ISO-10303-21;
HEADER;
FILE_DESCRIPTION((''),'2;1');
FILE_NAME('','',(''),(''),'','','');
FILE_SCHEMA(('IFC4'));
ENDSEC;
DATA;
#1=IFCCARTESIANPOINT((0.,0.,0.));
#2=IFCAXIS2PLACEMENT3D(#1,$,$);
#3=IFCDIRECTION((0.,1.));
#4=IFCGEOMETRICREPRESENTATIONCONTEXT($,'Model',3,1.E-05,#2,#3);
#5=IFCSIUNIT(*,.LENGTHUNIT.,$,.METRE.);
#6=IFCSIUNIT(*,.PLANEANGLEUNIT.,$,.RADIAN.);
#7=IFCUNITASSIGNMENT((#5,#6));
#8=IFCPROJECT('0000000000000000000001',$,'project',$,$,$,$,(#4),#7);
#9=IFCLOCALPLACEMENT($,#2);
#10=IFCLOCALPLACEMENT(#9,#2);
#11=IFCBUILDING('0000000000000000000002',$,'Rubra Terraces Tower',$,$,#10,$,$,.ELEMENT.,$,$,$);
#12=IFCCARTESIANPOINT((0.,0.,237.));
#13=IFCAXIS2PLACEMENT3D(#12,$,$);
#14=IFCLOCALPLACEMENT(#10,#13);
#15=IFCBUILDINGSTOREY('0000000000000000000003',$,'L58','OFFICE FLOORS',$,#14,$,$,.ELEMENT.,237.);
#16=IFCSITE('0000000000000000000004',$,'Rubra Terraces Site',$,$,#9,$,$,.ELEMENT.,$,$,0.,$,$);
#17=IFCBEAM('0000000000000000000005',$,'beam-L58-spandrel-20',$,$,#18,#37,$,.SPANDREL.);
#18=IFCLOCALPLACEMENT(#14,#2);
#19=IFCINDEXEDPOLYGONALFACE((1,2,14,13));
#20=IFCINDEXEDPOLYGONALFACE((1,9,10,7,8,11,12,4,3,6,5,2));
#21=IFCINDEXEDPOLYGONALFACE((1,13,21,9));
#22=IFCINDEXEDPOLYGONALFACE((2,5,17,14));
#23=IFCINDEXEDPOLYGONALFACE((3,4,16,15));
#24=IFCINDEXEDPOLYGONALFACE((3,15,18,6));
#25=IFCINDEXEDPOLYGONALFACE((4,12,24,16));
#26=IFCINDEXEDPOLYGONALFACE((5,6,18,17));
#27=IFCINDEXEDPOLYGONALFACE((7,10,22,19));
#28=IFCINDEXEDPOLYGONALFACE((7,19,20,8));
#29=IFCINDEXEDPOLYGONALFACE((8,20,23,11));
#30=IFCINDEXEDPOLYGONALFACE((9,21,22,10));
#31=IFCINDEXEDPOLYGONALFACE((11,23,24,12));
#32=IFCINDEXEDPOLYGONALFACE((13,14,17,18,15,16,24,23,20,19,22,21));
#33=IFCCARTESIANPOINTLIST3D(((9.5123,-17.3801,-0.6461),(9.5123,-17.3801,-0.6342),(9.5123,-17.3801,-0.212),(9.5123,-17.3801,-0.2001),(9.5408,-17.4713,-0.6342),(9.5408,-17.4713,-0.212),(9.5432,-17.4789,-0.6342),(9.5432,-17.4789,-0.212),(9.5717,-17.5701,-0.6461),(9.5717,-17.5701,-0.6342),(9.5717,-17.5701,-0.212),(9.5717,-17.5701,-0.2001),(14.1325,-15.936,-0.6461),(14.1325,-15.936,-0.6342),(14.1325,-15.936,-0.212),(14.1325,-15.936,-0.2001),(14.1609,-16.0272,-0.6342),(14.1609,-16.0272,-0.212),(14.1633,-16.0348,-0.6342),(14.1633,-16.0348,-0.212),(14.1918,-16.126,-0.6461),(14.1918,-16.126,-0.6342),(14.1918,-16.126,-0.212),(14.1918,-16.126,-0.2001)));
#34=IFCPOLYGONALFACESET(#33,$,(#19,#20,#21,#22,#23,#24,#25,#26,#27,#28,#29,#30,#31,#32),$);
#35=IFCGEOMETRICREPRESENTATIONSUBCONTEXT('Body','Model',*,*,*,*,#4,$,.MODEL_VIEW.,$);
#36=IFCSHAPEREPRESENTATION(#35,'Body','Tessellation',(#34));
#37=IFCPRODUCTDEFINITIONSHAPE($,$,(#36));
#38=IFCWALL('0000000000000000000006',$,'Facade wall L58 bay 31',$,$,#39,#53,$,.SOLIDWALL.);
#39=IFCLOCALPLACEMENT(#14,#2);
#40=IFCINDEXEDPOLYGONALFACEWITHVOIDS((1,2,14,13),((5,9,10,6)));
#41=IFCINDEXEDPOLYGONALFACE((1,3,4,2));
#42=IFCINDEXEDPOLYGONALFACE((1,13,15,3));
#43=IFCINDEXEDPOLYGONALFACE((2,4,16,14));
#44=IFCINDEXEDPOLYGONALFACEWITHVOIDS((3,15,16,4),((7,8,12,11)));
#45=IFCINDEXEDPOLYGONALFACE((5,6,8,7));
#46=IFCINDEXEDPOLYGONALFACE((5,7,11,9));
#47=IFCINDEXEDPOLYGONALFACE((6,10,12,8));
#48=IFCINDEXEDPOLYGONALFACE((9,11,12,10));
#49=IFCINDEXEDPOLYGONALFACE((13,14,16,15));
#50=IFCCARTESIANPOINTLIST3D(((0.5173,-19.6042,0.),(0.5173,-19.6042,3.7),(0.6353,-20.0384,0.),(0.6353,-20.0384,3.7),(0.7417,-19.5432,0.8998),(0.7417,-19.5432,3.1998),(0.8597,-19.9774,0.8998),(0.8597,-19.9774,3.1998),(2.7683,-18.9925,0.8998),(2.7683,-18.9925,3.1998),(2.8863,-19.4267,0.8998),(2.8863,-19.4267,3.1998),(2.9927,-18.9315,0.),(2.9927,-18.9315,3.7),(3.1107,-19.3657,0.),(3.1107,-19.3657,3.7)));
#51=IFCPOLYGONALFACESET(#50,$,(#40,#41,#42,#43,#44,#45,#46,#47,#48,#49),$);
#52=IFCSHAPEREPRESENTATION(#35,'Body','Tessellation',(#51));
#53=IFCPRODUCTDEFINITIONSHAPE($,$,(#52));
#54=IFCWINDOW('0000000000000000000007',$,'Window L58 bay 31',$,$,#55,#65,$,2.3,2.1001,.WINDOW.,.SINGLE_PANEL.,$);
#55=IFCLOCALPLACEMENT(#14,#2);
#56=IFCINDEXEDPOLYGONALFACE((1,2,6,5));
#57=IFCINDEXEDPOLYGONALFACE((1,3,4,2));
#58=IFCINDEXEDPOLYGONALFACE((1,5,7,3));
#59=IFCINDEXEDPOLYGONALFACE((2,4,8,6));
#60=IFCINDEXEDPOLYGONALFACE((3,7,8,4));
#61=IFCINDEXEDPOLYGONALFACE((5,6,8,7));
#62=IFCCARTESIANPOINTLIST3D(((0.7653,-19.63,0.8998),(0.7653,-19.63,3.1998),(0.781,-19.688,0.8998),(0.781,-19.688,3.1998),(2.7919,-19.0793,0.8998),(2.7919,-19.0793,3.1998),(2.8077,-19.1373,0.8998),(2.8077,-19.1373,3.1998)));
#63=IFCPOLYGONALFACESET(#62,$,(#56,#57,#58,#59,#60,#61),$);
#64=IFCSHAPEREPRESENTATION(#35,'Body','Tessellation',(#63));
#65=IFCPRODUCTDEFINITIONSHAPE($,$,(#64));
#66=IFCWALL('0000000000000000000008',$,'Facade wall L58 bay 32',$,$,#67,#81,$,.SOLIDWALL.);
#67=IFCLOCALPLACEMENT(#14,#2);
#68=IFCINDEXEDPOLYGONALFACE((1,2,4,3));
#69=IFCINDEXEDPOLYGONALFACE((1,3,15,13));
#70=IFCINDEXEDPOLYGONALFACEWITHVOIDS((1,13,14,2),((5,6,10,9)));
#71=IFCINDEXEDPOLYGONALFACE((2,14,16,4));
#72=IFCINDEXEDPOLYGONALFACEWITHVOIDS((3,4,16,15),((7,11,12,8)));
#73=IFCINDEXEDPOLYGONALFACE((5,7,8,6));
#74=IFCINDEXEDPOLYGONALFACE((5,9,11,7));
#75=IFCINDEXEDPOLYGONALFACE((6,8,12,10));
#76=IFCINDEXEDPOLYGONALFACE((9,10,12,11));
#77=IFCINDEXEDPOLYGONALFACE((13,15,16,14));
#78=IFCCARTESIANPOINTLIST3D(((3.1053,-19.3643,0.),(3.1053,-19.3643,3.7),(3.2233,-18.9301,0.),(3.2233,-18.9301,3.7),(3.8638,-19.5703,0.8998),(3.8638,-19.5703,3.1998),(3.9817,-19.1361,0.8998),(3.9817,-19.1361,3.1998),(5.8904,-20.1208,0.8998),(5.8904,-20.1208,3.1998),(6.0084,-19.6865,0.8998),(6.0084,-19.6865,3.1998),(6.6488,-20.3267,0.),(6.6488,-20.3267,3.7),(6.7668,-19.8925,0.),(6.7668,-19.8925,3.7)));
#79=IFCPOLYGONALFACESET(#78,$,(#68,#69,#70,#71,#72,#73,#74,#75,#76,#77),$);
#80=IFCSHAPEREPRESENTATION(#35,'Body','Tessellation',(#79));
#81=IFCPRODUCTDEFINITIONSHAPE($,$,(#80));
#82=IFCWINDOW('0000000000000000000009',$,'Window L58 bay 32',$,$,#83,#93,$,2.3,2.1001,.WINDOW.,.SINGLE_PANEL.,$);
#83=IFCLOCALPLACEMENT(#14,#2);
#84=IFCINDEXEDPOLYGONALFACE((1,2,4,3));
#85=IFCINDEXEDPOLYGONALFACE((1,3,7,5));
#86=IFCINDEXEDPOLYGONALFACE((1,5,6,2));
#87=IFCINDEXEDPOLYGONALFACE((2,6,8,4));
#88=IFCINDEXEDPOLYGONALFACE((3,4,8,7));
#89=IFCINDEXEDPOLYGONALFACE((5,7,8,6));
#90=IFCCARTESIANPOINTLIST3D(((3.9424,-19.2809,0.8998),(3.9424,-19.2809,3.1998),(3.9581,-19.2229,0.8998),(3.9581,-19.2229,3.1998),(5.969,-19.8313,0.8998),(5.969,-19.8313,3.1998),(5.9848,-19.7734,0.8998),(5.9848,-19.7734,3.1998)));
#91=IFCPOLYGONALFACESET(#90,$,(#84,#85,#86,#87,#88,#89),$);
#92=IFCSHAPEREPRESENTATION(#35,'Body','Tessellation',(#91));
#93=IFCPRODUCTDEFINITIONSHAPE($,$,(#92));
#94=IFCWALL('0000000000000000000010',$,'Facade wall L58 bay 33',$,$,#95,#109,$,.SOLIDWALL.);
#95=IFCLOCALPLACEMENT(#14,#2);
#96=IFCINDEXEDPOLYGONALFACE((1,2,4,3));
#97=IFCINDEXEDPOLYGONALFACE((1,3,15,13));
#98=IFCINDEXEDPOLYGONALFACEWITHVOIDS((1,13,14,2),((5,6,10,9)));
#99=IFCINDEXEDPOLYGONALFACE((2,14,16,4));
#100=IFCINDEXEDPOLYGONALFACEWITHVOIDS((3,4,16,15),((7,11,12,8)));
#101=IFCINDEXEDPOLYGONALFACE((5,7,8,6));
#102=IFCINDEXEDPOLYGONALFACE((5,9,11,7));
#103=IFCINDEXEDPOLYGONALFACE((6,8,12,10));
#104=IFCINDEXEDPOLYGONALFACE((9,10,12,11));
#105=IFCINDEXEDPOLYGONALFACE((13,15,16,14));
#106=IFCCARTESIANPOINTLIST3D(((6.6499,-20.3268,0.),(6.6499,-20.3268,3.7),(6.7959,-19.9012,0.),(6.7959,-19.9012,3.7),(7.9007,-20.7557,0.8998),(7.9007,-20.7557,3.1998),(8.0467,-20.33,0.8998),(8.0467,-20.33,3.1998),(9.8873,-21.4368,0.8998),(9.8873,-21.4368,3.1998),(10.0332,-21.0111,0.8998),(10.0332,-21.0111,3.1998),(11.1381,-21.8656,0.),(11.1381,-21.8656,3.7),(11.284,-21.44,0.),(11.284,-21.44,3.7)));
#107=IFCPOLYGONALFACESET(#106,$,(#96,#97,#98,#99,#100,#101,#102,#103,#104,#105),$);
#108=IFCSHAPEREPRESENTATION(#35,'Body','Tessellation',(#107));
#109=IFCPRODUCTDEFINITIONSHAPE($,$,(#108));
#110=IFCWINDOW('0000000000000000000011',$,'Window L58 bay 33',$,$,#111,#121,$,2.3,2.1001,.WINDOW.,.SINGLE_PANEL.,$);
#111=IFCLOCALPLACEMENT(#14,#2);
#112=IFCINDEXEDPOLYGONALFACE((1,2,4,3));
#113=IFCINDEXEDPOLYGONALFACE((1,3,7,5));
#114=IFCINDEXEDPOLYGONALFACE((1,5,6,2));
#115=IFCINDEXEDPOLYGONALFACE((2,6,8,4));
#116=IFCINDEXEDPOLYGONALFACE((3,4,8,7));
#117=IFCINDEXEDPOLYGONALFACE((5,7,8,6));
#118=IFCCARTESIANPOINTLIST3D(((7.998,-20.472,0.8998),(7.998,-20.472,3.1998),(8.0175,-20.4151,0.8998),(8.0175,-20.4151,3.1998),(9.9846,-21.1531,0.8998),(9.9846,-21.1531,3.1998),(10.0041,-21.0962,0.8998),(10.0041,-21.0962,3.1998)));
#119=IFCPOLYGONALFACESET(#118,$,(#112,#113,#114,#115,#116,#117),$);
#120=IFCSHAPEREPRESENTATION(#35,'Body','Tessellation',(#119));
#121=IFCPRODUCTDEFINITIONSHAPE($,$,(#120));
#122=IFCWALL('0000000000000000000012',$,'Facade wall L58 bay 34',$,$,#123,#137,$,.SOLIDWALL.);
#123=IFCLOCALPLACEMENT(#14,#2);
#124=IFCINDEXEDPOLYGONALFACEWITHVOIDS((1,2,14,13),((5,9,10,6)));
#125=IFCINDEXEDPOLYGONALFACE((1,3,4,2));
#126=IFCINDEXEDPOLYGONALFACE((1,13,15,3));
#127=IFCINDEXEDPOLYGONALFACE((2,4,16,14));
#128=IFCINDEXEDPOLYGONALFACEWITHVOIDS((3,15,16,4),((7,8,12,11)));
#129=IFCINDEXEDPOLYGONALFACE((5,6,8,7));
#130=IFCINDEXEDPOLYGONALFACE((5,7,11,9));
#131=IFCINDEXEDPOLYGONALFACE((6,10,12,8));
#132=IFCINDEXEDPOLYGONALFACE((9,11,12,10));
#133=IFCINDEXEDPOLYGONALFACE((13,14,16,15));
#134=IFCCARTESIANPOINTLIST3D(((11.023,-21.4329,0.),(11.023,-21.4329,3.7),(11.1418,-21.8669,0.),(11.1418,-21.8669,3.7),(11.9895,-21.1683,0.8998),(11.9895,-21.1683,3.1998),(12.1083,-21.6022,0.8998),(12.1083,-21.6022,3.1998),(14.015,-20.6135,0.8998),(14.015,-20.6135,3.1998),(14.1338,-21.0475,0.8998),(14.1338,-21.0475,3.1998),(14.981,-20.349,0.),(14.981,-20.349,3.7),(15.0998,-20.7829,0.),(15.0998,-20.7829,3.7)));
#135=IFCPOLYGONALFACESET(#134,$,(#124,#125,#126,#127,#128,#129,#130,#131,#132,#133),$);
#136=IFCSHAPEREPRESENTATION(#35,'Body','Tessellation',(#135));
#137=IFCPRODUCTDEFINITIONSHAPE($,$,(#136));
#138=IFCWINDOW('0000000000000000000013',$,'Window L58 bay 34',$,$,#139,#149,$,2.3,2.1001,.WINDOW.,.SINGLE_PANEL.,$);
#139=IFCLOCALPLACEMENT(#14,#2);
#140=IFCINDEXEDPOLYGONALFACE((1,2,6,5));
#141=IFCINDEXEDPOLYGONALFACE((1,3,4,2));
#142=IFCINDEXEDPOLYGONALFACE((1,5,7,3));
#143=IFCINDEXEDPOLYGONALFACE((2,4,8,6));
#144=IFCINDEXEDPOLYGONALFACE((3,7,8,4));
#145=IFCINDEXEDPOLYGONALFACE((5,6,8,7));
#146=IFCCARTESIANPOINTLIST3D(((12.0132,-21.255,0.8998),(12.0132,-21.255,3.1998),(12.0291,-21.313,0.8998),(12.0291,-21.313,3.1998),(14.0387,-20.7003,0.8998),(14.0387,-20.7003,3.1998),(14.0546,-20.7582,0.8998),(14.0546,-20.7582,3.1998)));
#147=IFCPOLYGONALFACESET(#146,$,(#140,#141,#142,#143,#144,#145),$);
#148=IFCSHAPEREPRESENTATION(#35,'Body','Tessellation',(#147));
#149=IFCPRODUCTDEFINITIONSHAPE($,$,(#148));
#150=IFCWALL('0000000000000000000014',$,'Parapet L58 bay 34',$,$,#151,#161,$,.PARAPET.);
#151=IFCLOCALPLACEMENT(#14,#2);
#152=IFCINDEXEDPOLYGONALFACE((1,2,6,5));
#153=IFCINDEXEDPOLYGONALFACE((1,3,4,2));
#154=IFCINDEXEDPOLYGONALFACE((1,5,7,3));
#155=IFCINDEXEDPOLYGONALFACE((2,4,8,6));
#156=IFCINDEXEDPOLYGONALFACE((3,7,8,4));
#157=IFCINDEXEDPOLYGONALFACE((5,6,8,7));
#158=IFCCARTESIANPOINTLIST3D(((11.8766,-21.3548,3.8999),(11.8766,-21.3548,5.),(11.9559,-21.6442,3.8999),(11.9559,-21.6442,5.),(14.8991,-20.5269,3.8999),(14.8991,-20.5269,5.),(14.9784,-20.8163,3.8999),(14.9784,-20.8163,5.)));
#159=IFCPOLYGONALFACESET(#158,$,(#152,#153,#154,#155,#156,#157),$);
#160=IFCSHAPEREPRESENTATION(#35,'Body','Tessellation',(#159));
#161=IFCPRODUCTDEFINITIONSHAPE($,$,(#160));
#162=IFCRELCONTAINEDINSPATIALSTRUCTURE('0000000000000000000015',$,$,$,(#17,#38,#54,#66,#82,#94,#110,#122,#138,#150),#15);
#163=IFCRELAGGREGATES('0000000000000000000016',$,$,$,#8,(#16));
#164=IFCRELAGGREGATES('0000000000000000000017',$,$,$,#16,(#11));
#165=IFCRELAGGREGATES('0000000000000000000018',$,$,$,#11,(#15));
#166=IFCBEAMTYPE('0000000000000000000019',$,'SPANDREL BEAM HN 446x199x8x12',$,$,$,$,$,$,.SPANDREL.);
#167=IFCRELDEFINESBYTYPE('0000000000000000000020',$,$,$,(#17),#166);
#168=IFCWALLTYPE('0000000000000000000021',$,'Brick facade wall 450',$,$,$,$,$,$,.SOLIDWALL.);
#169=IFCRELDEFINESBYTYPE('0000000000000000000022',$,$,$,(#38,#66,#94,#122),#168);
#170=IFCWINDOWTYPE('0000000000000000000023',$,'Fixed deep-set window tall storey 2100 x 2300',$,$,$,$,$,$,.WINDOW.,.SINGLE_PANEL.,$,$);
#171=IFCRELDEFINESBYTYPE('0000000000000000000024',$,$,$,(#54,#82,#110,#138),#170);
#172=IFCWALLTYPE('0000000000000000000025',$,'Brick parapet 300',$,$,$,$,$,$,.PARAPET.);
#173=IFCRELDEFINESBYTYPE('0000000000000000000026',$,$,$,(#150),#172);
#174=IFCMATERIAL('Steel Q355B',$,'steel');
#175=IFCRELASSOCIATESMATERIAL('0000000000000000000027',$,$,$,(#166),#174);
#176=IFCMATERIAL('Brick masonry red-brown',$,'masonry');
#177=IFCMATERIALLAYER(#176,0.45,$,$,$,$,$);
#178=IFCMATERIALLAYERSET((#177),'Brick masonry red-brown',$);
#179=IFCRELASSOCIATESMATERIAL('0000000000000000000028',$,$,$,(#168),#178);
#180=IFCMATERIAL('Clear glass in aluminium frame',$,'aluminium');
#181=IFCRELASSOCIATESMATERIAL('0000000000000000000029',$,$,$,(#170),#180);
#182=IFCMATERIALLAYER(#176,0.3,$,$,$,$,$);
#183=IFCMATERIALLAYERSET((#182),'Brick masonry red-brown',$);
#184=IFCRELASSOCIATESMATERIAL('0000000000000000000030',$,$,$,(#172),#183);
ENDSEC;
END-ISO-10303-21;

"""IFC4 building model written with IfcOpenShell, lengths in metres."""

from ifc_helpers import new_model, si_unit, direction, frame, frame_2d, origin, origin_2d, place, context, subcontext, project, spatial, rectangle, i_section, extrude, material, layer, layer_set, material_profile, profile_set, type_object, element, fill, save


model = new_model("IFC4")

# Units and contexts
model_context = context("Model", 3, precision=1e-05, world=origin(), true_north=direction((0.0, 1.0)))
body_context = subcontext(model_context, "Body", "Model", "MODEL_VIEW")
ifc_project = project(units=[si_unit("LENGTHUNIT", "METRE"), si_unit("PLANEANGLEUNIT", "RADIAN")], contexts=[model_context])

# Site, building, storey
site_placement = place(None, origin())
site = spatial("IfcSite", under=ifc_project, at=site_placement, Name="Rubra Terraces Site", CompositionType="ELEMENT", RefElevation=0.0)
building_placement = place(site_placement, origin())
building = spatial("IfcBuilding", under=site, at=building_placement, Name="Rubra Terraces Tower", CompositionType="ELEMENT")
storey_placement = place(building_placement, frame((0.0, 0.0, 237.0)))
storey = spatial("IfcBuildingStorey", under=building, at=storey_placement, Name="L58", Description="OFFICE FLOORS", CompositionType="ELEMENT", Elevation=237.0)

# Beam
ifc_material_1 = material(Name="Steel Q355B", Category="steel")
ifc_material_profile_1 = material_profile(ifc_material_1, i_section(OverallWidth=0.199, OverallDepth=0.446, WebThickness=0.0081, FlangeThickness=0.012, at=origin_2d()), Name="HN 446x199x8x12")
ifc_profile_set_1 = profile_set([ifc_material_profile_1], Name="Steel Q355B")
beam_type_1 = type_object("IfcBeamType", Name="SPANDREL BEAM HN 446x199x8x12", PredefinedType="SPANDREL", material=ifc_profile_set_1)
beam_1_placement = place(storey_placement, frame((9.542, -17.4751, -0.4231), z_axis=(0.954462, 0.298332, 0.0), x_axis=(-0.298332, 0.954462, 0.0)))
element("IfcBeam", 1, at=beam_1_placement, inside=storey, type_object=beam_type_1, Name="beam-L58-spandrel-20", PredefinedType="SPANDREL", context=body_context, shape_type="SweptSolid", body=[
    extrude(i_section(OverallWidth=0.199, OverallDepth=0.446, WebThickness=0.0081, FlangeThickness=0.012, at=origin_2d()), origin(), (0.0, 0.0, 1.0), 4.8406),
])

# Walls, openings, windows
ifc_material_2 = material(Name="Brick masonry red-brown", Category="masonry")
ifc_layer_1 = layer(ifc_material_2, 0.45)
ifc_layer_set_1 = layer_set([ifc_layer_1], Name="Brick masonry red-brown")
wall_type_1 = type_object("IfcWallType", Name="Brick facade wall 450", PredefinedType="SOLIDWALL", material=ifc_layer_set_1)
wall_1_placement = place(storey_placement, frame((0.5762, -19.8213, 0.0), z_axis=(0.0, 0.0, 1.0), x_axis=(0.965009, 0.262215, 0.0)))
wall_1 = element("IfcWall", 2, at=wall_1_placement, inside=storey, type_object=wall_type_1, Name="Facade wall L58 bay 31", PredefinedType="SOLIDWALL", context=body_context, shape_type="SweptSolid", body=[
    extrude(rectangle(XDim=2.5652, YDim=0.45, at=frame_2d((1.2827, 0.0))), origin(), (0.0, 0.0, 1.0), 3.7),
])
opening_1_placement = place(wall_1_placement, frame((0.2327, 0.0, 0.8999)))
opening_1 = element("IfcOpeningElement", 3, at=opening_1_placement, cuts=wall_1, PredefinedType="OPENING", context=body_context, shape_type="SweptSolid", body=[
    extrude(rectangle(XDim=2.1001, YDim=2.3, at=frame_2d((1.05, 1.1499))), frame((0.0, 0.2349, 0.0), z_axis=(0.0, -1.0, 0.0), x_axis=(1.0, 0.0, 0.0)), (0.0, 0.0, 1.0), 0.47),
])
ifc_material_3 = material(Name="Clear glass in aluminium frame", Category="aluminium")
window_type = type_object("IfcWindowType", Name="Fixed deep-set window tall storey 2100 x 2300", PartitioningType="SINGLE_PANEL", PredefinedType="WINDOW", material=ifc_material_3)
window_1_placement = place(opening_1_placement, origin())
window_1 = element("IfcWindow", 4, at=window_1_placement, inside=storey, type_object=window_type, Name="Window L58 bay 31", OverallHeight=2.3, OverallWidth=2.1001, PartitioningType="SINGLE_PANEL", PredefinedType="WINDOW", context=body_context, shape_type="SweptSolid", body=[
    extrude(rectangle(XDim=2.1001, YDim=2.3, at=frame_2d((1.05, 1.1499))), frame((0.0, 0.135, 0.0), z_axis=(0.0, -1.0, 0.0), x_axis=(1.0, 0.0, 0.0)), (0.0, 0.0, 1.0), 0.0601),
])
fill(opening_1, window_1)
wall_2_placement = place(storey_placement, frame((3.1643, -19.1472, 0.0), z_axis=(0.0, 0.0, 1.0), x_axis=(0.965039, -0.262105, 0.0)))
wall_2 = element("IfcWall", 5, at=wall_2_placement, inside=storey, type_object=wall_type_1, Name="Facade wall L58 bay 32", PredefinedType="SOLIDWALL", context=body_context, shape_type="SweptSolid", body=[
    extrude(rectangle(XDim=3.6719, YDim=0.45, at=frame_2d((1.8359, 0.0))), origin(), (0.0, 0.0, 1.0), 3.7),
])
opening_2_placement = place(wall_2_placement, frame((0.7859, 0.0, 0.8999)))
opening_2 = element("IfcOpeningElement", 6, at=opening_2_placement, cuts=wall_2, PredefinedType="OPENING", context=body_context, shape_type="SweptSolid", body=[
    extrude(rectangle(XDim=2.1001, YDim=2.3, at=frame_2d((1.05, 1.1499))), frame((0.0, 0.2349, 0.0), z_axis=(0.0, -1.0, 0.0), x_axis=(1.0, 0.0, 0.0)), (0.0, 0.0, 1.0), 0.47),
])
window_2_placement = place(opening_2_placement, origin())
window_2 = element("IfcWindow", 7, at=window_2_placement, inside=storey, type_object=window_type, Name="Window L58 bay 32", OverallHeight=2.3, OverallWidth=2.1001, PartitioningType="SINGLE_PANEL", PredefinedType="WINDOW", context=body_context, shape_type="SweptSolid", body=[
    extrude(rectangle(XDim=2.1001, YDim=2.3, at=frame_2d((1.05, 1.1499))), frame((0.0, 0.135, 0.0), z_axis=(0.0, -1.0, 0.0), x_axis=(1.0, 0.0, 0.0)), (0.0, 0.0, 1.0), 0.0601),
])
fill(opening_2, window_2)
wall_3_placement = place(storey_placement, frame((6.7229, -20.114, 0.0), z_axis=(0.0, 0.0, 1.0), x_axis=(0.945947, -0.32432, 0.0)))
wall_3 = element("IfcWall", 8, at=wall_3_placement, inside=storey, type_object=wall_type_1, Name="Facade wall L58 bay 33", PredefinedType="SOLIDWALL", context=body_context, shape_type="SweptSolid", body=[
    extrude(rectangle(XDim=4.7446, YDim=0.45, at=frame_2d((2.3723, 0.0))), origin(), (0.0, 0.0, 1.0), 3.7),
])
opening_3_placement = place(wall_3_placement, frame((1.3223, 0.0, 0.8999)))
opening_3 = element("IfcOpeningElement", 9, at=opening_3_placement, cuts=wall_3, PredefinedType="OPENING", context=body_context, shape_type="SweptSolid", body=[
    extrude(rectangle(XDim=2.1001, YDim=2.3, at=frame_2d((1.05, 1.1499))), frame((0.0, 0.2349, 0.0), z_axis=(0.0, -1.0, 0.0), x_axis=(1.0, 0.0, 0.0)), (0.0, 0.0, 1.0), 0.47),
])
window_3_placement = place(opening_3_placement, origin())
window_3 = element("IfcWindow", 10, at=window_3_placement, inside=storey, type_object=window_type, Name="Window L58 bay 33", OverallHeight=2.3, OverallWidth=2.1001, PartitioningType="SINGLE_PANEL", PredefinedType="WINDOW", context=body_context, shape_type="SweptSolid", body=[
    extrude(rectangle(XDim=2.1001, YDim=2.3, at=frame_2d((1.05, 1.1499))), frame((0.0, 0.135, 0.0), z_axis=(0.0, -1.0, 0.0), x_axis=(1.0, 0.0, 0.0)), (0.0, 0.0, 1.0), 0.0601),
])
fill(opening_3, window_3)
wall_4_placement = place(storey_placement, frame((11.0825, -21.6499, 0.0), z_axis=(0.0, 0.0, 1.0), x_axis=(0.964483, 0.264144, 0.0)))
wall_4 = element("IfcWall", 11, at=wall_4_placement, inside=storey, type_object=wall_type_1, Name="Facade wall L58 bay 34", PredefinedType="SOLIDWALL", context=body_context, shape_type="SweptSolid", body=[
    extrude(rectangle(XDim=4.1038, YDim=0.45, at=frame_2d((2.0518, 0.0))), origin(), (0.0, 0.0, 1.0), 3.7),
])
opening_4_placement = place(wall_4_placement, frame((1.002, 0.0, 0.8999)))
opening_4 = element("IfcOpeningElement", 12, at=opening_4_placement, cuts=wall_4, PredefinedType="OPENING", context=body_context, shape_type="SweptSolid", body=[
    extrude(rectangle(XDim=2.1001, YDim=2.3, at=frame_2d((1.05, 1.1499))), frame((0.0, 0.2349, 0.0), z_axis=(0.0, -1.0, 0.0), x_axis=(1.0, 0.0, 0.0)), (0.0, 0.0, 1.0), 0.47),
])
window_4_placement = place(opening_4_placement, origin())
window_4 = element("IfcWindow", 13, at=window_4_placement, inside=storey, type_object=window_type, Name="Window L58 bay 34", OverallHeight=2.3, OverallWidth=2.1001, PartitioningType="SINGLE_PANEL", PredefinedType="WINDOW", context=body_context, shape_type="SweptSolid", body=[
    extrude(rectangle(XDim=2.1001, YDim=2.3, at=frame_2d((1.05, 1.1499))), frame((0.0, 0.135, 0.0), z_axis=(0.0, -1.0, 0.0), x_axis=(1.0, 0.0, 0.0)), (0.0, 0.0, 1.0), 0.0601),
])
fill(opening_4, window_4)

# Wall
ifc_layer_2 = layer(ifc_material_2, 0.3)
ifc_layer_set_2 = layer_set([ifc_layer_2], Name="Brick masonry red-brown")
wall_type_2 = type_object("IfcWallType", Name="Brick parapet 300", PredefinedType="PARAPET", material=ifc_layer_set_2)
wall_5_placement = place(storey_placement, frame((11.9163, -21.4995, 3.8999), z_axis=(0.0, 0.0, 1.0), x_axis=(0.964474, 0.264179, 0.0)))
element("IfcWall", 14, at=wall_5_placement, inside=storey, type_object=wall_type_2, Name="Parapet L58 bay 34", PredefinedType="PARAPET", context=body_context, shape_type="SweptSolid", body=[
    extrude(rectangle(XDim=3.1338, YDim=0.3, at=frame_2d((1.5669, 0.0))), origin(), (0.0, 0.0, 1.0), 1.1001),
])

save(model, "model.ifc")
